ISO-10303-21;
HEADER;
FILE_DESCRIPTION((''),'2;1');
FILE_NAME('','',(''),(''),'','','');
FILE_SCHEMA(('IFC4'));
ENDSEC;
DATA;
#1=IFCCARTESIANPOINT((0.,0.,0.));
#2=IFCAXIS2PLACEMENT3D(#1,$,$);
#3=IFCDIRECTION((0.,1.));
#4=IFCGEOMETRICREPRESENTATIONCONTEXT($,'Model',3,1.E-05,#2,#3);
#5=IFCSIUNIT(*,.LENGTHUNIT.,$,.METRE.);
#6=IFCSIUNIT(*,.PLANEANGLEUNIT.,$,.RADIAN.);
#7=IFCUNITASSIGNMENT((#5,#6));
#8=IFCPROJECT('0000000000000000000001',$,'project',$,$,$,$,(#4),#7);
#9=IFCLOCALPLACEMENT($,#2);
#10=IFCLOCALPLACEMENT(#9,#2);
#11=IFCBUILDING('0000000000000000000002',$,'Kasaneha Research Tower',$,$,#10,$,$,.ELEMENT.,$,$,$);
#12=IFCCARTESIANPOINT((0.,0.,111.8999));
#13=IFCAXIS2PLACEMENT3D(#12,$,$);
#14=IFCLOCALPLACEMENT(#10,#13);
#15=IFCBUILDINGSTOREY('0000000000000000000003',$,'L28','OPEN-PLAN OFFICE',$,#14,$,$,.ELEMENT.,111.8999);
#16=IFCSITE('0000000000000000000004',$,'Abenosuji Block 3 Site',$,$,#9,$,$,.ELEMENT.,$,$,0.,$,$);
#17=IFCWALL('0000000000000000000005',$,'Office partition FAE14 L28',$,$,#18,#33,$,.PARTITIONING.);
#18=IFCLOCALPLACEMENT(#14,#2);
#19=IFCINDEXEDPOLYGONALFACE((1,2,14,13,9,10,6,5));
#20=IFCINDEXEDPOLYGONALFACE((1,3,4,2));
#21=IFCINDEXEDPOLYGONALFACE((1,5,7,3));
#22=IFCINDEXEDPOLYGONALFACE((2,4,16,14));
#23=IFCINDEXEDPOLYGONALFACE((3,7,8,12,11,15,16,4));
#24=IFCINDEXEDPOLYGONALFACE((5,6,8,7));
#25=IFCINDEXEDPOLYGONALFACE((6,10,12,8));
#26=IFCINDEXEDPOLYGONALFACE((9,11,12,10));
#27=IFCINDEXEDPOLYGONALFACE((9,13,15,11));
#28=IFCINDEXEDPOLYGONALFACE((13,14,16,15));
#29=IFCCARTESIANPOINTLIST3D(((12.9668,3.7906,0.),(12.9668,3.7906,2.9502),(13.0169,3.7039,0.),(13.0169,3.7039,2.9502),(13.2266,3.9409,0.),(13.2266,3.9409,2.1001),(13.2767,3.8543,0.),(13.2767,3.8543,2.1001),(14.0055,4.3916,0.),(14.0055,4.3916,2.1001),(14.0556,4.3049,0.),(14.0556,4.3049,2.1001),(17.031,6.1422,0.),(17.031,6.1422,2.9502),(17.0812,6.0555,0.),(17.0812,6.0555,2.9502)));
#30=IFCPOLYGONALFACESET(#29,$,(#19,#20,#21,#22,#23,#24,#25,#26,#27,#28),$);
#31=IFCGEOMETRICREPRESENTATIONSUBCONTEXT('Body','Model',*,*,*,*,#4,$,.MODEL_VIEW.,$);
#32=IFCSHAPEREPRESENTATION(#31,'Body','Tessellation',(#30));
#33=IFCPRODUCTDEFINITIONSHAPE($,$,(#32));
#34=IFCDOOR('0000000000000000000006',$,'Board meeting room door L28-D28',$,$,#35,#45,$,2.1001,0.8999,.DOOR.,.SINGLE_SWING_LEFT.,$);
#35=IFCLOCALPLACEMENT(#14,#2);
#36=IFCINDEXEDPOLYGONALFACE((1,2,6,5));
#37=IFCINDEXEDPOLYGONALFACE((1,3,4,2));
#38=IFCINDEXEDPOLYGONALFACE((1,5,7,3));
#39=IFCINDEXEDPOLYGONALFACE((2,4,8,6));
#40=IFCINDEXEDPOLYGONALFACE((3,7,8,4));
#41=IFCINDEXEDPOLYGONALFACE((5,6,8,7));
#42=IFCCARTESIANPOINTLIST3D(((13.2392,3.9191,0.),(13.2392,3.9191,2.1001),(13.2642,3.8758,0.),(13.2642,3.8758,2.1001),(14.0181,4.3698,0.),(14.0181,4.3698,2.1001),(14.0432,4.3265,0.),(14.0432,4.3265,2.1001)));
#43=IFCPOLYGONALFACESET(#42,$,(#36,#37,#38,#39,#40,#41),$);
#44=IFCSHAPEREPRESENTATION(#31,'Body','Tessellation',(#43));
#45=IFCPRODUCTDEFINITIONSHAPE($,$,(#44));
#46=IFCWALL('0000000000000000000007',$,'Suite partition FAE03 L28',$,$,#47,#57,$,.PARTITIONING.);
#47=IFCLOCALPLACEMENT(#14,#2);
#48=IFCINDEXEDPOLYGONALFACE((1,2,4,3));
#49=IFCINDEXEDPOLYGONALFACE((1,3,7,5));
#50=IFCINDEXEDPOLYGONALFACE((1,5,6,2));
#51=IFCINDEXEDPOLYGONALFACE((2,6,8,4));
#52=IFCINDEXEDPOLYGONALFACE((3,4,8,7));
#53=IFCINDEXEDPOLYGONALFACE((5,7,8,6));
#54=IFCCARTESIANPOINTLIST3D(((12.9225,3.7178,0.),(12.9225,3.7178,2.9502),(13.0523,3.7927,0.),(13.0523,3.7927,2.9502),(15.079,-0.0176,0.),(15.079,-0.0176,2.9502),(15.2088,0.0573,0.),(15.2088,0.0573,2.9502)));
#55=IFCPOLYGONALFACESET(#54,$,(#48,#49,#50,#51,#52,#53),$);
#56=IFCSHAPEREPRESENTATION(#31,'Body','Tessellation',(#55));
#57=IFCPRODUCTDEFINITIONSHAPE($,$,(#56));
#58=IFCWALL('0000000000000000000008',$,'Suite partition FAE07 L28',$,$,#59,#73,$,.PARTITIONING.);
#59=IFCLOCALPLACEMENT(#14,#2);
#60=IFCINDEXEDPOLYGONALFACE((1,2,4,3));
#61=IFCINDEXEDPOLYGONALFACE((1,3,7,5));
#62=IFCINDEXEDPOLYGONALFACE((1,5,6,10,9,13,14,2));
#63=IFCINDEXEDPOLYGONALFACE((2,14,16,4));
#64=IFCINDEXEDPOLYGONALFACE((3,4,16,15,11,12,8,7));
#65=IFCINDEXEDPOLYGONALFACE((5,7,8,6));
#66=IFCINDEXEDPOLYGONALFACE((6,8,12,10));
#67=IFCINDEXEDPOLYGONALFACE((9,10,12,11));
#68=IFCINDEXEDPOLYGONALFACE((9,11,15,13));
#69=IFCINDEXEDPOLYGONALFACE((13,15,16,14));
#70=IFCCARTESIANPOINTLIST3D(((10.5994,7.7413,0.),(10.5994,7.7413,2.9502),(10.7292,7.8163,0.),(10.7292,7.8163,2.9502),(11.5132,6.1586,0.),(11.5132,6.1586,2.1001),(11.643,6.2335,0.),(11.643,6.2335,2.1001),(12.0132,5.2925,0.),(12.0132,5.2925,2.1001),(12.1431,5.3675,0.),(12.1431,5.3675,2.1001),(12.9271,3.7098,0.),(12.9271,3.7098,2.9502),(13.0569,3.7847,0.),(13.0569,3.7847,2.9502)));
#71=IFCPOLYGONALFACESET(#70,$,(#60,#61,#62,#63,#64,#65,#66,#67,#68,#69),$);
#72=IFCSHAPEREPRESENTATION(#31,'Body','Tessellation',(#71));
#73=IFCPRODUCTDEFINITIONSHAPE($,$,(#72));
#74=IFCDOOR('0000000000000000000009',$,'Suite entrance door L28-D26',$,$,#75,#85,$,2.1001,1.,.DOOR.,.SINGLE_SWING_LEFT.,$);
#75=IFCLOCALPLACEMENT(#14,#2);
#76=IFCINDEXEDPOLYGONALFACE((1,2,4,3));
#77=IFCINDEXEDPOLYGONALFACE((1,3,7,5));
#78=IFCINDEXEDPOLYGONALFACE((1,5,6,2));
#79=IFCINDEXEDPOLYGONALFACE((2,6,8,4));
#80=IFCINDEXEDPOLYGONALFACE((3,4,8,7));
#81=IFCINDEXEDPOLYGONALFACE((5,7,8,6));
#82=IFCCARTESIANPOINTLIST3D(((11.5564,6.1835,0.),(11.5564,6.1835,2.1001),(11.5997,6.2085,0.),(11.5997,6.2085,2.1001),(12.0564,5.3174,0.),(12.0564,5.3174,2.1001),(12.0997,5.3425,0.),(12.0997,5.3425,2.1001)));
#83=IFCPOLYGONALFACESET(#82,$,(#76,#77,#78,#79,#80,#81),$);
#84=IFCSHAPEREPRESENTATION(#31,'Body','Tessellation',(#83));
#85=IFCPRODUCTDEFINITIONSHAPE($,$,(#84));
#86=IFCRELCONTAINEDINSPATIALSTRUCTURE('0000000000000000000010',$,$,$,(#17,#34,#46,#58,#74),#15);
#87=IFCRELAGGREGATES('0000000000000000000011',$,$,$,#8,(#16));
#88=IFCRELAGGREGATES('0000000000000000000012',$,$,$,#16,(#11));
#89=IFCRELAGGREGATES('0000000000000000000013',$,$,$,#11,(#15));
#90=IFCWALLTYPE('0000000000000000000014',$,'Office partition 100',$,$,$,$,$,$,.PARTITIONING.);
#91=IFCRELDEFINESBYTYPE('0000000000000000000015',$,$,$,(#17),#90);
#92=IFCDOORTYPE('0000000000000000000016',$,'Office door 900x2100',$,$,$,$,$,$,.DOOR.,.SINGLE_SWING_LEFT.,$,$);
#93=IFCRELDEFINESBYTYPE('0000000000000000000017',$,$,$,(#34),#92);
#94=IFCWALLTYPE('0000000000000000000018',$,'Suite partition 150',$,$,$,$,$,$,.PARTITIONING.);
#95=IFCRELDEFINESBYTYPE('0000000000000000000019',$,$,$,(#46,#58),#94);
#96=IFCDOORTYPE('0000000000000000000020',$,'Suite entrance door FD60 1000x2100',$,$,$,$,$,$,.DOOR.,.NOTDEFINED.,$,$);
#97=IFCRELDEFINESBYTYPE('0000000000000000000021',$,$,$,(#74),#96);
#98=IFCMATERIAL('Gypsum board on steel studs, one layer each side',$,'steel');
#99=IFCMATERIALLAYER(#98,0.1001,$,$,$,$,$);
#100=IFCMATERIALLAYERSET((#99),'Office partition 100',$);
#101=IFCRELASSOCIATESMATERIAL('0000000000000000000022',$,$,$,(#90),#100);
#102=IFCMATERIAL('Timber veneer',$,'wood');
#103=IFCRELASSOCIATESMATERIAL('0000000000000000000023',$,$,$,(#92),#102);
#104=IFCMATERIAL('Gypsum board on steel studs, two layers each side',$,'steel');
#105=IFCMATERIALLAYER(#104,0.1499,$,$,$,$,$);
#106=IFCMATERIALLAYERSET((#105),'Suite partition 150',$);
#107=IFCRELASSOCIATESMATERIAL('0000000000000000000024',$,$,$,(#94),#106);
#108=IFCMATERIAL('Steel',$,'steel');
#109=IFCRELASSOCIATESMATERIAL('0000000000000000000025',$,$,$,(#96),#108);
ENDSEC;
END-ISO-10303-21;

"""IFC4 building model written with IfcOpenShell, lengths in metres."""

from ifc_helpers import new_model, si_unit, direction, frame, frame_2d, origin, place, context, subcontext, project, spatial, rectangle, extrude, material, layer, layer_set, type_object, element, fill, save


model = new_model("IFC4")

# Units and contexts
model_context = context("Model", 3, precision=1e-05, world=origin(), true_north=direction((0.0, 1.0)))
body_context = subcontext(model_context, "Body", "Model", "MODEL_VIEW")
ifc_project = project(units=[si_unit("LENGTHUNIT", "METRE"), si_unit("PLANEANGLEUNIT", "RADIAN")], contexts=[model_context])

# Site, building, storey
site_placement = place(None, origin())
site = spatial("IfcSite", under=ifc_project, at=site_placement, Name="Abenosuji Block 3 Site", CompositionType="ELEMENT", RefElevation=0.0)
building_placement = place(site_placement, origin())
building = spatial("IfcBuilding", under=site, at=building_placement, Name="Kasaneha Research Tower", CompositionType="ELEMENT")
storey_placement = place(building_placement, frame((0.0, 0.0, 111.8999)))
storey = spatial("IfcBuildingStorey", under=building, at=storey_placement, Name="L28", Description="OPEN-PLAN OFFICE", CompositionType="ELEMENT", Elevation=111.8999)

# Shared definitions
ifc_material_1 = material(Name="Gypsum board on steel studs, one layer each side", Category="steel")
ifc_layer_1 = layer(ifc_material_1, 0.1001)
ifc_layer_set_1 = layer_set([ifc_layer_1], Name="Office partition 100")
wall_type_1 = type_object("IfcWallType", Name="Office partition 100", PredefinedType="PARTITIONING", material=ifc_layer_set_1)

# Wall, opening, door
wall_1_placement = place(storey_placement, frame((12.9919, 3.7473, 0.0), z_axis=(0.0, 0.0, 1.0), x_axis=(0.865556, 0.500813, 0.0)))
wall_1 = element("IfcWall", 1, at=wall_1_placement, inside=storey, type_object=wall_type_1, Name="Office partition FAE14 L28", PredefinedType="PARTITIONING", context=body_context, shape_type="SweptSolid", body=[
    extrude(rectangle(XDim=4.6956, YDim=0.1001, at=frame_2d((2.3477, 0.0))), origin(), (0.0, 0.0, 1.0), 2.9502),
])
opening_1_placement = place(wall_1_placement, frame((0.3, 0.0, 0.0)))
opening_1 = element("IfcOpeningElement", 2, at=opening_1_placement, cuts=wall_1, PredefinedType="OPENING", context=body_context, shape_type="SweptSolid", body=[
    extrude(rectangle(XDim=0.8999, YDim=2.1001, at=frame_2d((0.45, 1.05))), frame((0.0, 0.0601, 0.0), z_axis=(0.0, -1.0, 0.0), x_axis=(1.0, 0.0, 0.0)), (0.0, 0.0, 1.0), 0.1201),
])
ifc_material_2 = material(Name="Timber veneer", Category="wood")
door_type_1 = type_object("IfcDoorType", Name="Office door 900x2100", OperationType="SINGLE_SWING_LEFT", PredefinedType="DOOR", material=ifc_material_2)
door_1_placement = place(opening_1_placement, origin())
door_1 = element("IfcDoor", 3, at=door_1_placement, inside=storey, type_object=door_type_1, Name="Board meeting room door L28-D28", OperationType="SINGLE_SWING_LEFT", OverallHeight=2.1001, OverallWidth=0.8999, PredefinedType="DOOR", context=body_context, shape_type="SweptSolid", body=[
    extrude(rectangle(XDim=0.8999, YDim=2.1001, at=frame_2d((0.45, 1.05))), frame((0.0, 0.0249, 0.0), z_axis=(0.0, -1.0, 0.0), x_axis=(1.0, 0.0, 0.0)), (0.0, 0.0, 1.0), 0.05),
])
fill(opening_1, door_1)

# Wall
ifc_material_3 = material(Name="Gypsum board on steel studs, two layers each side", Category="steel")
ifc_layer_2 = layer(ifc_material_3, 0.1499)
ifc_layer_set_2 = layer_set([ifc_layer_2], Name="Suite partition 150")
wall_type_2 = type_object("IfcWallType", Name="Suite partition 150", PredefinedType="PARTITIONING", material=ifc_layer_set_2)
wall_2_placement = place(storey_placement, frame((12.9873, 3.7554, 0.0), z_axis=(0.0, 0.0, 1.0), x_axis=(0.499981, -0.866037, 0.0)))
element("IfcWall", 4, at=wall_2_placement, inside=storey, type_object=wall_type_2, Name="Suite partition FAE03 L28", PredefinedType="PARTITIONING", context=body_context, shape_type="SweptSolid", body=[
    extrude(rectangle(XDim=4.3132, YDim=0.1499, at=frame_2d((2.1567, 0.0))), origin(), (0.0, 0.0, 1.0), 2.9502),
])

# Wall, opening, door
wall_3_placement = place(storey_placement, frame((10.6643, 7.7788, 0.0), z_axis=(0.0, 0.0, 1.0), x_axis=(0.500008, -0.866021, 0.0)))
wall_3 = element("IfcWall", 5, at=wall_3_placement, inside=storey, type_object=wall_type_2, Name="Suite partition FAE07 L28", PredefinedType="PARTITIONING", context=body_context, shape_type="SweptSolid", body=[
    extrude(rectangle(XDim=4.6553, YDim=0.1499, at=frame_2d((2.3276, 0.0))), origin(), (0.0, 0.0, 1.0), 2.9502),
])
opening_2_placement = place(wall_3_placement, frame((1.8276, 0.0, 0.0)))
opening_2 = element("IfcOpeningElement", 6, at=opening_2_placement, cuts=wall_3, PredefinedType="OPENING", context=body_context, shape_type="SweptSolid", body=[
    extrude(rectangle(XDim=1.0, YDim=2.1001, at=frame_2d((0.5, 1.05))), frame((0.0, 0.085, 0.0), z_axis=(0.0, -1.0, 0.0), x_axis=(1.0, 0.0, 0.0)), (0.0, 0.0, 1.0), 0.1699),
])
ifc_material_4 = material(Name="Steel", Category="steel")
door_type_2 = type_object("IfcDoorType", Name="Suite entrance door FD60 1000x2100", OperationType="NOTDEFINED", PredefinedType="DOOR", material=ifc_material_4)
door_2_placement = place(opening_2_placement, origin())
door_2 = element("IfcDoor", 7, at=door_2_placement, inside=storey, type_object=door_type_2, Name="Suite entrance door L28-D26", OperationType="SINGLE_SWING_LEFT", OverallHeight=2.1001, OverallWidth=1.0, PredefinedType="DOOR", context=body_context, shape_type="SweptSolid", body=[
    extrude(rectangle(XDim=1.0, YDim=2.1001, at=frame_2d((0.5, 1.05))), frame((0.0, 0.0249, 0.0), z_axis=(0.0, -1.0, 0.0), x_axis=(1.0, 0.0, 0.0)), (0.0, 0.0, 1.0), 0.05),
])
fill(opening_2, door_2)

save(model, "model.ifc")
